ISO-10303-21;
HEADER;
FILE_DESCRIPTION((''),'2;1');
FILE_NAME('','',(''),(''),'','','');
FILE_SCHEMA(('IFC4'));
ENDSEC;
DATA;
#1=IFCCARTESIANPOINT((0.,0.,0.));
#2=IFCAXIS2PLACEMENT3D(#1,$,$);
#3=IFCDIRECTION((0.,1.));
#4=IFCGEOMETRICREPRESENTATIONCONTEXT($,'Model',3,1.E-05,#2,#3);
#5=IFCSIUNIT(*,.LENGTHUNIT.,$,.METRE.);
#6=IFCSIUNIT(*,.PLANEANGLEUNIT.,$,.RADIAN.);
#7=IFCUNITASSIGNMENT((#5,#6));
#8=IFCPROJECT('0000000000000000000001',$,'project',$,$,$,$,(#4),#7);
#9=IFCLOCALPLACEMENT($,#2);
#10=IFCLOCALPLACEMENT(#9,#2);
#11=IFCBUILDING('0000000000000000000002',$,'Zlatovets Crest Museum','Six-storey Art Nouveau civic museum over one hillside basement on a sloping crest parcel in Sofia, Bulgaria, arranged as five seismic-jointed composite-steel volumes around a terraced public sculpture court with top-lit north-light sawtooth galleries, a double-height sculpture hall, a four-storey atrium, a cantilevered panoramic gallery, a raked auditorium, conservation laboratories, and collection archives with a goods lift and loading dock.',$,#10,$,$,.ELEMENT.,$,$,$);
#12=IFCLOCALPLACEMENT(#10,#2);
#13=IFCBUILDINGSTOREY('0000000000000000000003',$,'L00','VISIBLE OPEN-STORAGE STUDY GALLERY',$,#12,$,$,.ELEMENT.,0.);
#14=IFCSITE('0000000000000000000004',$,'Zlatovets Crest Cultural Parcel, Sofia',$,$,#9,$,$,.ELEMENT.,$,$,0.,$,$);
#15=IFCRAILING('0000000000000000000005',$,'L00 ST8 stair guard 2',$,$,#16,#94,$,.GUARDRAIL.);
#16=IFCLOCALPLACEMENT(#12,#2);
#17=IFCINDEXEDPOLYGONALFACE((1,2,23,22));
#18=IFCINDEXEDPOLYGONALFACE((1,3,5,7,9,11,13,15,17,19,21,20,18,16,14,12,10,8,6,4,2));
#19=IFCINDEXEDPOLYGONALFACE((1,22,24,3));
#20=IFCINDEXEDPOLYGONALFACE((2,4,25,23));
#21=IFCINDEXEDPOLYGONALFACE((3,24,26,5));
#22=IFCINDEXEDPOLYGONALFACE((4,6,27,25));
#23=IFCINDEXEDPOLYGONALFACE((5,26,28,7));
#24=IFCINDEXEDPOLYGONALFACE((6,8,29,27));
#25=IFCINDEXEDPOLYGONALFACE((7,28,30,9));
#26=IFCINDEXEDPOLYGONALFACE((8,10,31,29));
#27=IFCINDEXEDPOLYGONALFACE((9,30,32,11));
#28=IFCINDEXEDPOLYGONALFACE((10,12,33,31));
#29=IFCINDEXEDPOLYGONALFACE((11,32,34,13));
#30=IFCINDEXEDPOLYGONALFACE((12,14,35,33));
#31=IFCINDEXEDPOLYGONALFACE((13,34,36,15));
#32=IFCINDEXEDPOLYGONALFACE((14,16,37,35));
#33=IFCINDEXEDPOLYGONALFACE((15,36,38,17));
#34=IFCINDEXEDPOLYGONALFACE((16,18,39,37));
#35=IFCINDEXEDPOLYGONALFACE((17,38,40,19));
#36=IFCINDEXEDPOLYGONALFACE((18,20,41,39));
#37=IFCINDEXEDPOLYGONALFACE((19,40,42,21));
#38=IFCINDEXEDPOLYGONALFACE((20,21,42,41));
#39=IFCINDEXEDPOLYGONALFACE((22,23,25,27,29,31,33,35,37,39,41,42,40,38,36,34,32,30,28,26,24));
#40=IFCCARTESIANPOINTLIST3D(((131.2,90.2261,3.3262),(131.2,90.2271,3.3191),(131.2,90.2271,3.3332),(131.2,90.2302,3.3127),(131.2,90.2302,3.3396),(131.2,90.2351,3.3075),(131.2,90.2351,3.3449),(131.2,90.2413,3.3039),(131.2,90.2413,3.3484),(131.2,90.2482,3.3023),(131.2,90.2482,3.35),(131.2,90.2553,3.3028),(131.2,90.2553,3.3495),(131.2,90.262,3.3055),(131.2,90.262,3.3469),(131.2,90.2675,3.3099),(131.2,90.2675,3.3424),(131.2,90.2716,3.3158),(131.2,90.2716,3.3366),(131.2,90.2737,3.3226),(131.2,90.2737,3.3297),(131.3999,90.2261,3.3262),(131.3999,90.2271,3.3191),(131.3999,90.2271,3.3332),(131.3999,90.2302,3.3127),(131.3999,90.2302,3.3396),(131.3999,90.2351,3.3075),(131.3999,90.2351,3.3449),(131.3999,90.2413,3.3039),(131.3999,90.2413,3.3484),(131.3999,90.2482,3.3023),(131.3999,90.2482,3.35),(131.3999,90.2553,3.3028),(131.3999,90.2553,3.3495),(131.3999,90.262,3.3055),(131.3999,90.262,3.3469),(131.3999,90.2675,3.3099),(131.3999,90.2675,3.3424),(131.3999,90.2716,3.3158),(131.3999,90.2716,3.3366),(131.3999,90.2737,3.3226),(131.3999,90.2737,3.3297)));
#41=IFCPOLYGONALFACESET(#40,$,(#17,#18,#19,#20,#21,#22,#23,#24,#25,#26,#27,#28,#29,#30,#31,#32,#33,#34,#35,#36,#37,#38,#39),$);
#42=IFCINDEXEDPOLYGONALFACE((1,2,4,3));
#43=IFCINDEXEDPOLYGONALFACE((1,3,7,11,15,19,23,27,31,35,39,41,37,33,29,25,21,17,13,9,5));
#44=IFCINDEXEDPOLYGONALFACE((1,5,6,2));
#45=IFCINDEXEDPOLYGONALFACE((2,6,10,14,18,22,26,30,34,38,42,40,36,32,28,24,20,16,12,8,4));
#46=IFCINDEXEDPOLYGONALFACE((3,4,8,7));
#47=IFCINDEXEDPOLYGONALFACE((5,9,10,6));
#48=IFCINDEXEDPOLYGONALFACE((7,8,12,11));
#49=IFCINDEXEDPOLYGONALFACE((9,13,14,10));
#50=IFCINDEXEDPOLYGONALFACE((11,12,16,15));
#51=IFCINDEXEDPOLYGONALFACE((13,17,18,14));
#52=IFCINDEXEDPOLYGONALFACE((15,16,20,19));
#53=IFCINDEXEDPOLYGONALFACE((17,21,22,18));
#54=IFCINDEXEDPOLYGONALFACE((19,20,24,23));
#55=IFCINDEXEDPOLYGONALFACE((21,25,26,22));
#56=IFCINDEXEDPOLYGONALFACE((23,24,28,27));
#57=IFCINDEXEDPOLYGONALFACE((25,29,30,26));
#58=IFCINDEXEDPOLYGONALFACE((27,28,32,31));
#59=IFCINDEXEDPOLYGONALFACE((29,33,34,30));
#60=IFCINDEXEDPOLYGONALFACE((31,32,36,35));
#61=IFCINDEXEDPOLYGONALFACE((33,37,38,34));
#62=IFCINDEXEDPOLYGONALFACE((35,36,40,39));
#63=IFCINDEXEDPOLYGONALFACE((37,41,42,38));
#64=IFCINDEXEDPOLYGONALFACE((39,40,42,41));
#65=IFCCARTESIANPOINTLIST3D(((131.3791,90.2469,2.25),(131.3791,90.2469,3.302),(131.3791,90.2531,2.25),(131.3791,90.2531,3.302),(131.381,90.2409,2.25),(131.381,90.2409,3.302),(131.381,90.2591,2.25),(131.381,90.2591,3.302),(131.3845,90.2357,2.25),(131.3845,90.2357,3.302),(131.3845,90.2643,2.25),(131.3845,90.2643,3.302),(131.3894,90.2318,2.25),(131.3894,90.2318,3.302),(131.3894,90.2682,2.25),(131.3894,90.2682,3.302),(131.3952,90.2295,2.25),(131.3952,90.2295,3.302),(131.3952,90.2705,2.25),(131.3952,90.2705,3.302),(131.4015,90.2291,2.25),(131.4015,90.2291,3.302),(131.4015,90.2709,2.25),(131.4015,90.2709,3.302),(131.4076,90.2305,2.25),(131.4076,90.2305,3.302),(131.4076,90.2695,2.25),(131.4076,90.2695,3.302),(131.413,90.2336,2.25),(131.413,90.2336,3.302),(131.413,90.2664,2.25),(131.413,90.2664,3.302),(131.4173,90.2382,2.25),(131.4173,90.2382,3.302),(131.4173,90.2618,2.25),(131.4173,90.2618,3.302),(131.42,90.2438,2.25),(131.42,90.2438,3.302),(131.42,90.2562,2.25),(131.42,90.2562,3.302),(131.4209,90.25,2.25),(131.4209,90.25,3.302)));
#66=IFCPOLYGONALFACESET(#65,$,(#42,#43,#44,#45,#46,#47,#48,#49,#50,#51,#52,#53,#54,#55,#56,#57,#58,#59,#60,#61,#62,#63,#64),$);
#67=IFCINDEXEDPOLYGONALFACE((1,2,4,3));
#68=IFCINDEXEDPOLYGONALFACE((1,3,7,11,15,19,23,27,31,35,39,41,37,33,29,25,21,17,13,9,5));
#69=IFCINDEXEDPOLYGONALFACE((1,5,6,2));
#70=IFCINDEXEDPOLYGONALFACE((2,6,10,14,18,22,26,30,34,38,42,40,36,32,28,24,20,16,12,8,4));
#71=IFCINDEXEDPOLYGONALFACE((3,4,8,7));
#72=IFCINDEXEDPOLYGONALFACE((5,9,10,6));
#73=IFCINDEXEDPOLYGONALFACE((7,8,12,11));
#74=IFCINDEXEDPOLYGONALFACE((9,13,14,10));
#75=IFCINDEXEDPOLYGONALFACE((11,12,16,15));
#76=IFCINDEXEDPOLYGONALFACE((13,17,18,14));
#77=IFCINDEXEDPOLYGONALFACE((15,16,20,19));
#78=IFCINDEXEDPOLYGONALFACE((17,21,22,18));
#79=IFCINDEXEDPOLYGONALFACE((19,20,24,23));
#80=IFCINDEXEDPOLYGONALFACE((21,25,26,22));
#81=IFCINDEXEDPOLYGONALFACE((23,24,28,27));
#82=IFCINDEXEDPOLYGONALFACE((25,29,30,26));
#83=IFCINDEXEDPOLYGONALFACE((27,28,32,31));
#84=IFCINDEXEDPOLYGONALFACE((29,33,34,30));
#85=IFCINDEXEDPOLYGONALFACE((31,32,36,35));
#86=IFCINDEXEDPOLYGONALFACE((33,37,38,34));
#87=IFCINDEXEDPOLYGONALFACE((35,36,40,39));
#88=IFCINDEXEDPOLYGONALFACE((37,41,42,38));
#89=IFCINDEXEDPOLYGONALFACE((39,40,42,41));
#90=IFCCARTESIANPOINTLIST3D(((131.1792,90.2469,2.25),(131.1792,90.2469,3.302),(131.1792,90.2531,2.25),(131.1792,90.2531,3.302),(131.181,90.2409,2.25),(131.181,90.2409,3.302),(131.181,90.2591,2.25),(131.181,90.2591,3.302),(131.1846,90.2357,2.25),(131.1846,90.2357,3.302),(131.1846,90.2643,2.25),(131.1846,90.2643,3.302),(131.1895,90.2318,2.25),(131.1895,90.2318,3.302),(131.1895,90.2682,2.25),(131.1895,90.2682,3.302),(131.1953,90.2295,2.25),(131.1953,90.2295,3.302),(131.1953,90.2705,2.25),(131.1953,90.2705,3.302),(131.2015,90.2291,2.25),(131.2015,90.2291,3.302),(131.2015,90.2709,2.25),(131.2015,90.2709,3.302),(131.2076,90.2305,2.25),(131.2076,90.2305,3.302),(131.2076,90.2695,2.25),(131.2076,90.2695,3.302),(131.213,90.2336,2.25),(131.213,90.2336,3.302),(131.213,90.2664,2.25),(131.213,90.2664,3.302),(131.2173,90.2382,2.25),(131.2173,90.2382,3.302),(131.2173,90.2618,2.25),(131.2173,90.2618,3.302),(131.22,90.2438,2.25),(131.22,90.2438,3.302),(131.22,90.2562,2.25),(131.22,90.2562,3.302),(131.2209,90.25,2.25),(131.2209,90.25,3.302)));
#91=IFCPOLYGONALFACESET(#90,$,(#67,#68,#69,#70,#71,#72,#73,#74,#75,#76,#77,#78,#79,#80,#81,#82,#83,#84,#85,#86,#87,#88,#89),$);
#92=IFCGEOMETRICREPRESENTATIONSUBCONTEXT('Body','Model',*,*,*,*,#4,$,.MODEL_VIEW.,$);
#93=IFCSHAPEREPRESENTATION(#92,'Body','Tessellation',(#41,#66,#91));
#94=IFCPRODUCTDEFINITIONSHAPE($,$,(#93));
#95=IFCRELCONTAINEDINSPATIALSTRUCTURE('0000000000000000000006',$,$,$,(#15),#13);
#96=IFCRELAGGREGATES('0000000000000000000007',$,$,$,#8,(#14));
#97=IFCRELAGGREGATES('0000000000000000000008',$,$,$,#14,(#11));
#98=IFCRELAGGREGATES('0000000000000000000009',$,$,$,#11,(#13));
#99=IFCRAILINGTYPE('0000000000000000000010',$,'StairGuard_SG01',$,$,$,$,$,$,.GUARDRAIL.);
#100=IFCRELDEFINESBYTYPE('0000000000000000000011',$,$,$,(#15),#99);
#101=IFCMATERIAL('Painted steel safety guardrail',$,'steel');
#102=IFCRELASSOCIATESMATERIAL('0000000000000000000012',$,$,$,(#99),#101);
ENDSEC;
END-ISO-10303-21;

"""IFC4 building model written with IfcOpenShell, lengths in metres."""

from ifc_helpers import new_model, si_unit, direction, frame, origin, origin_2d, place, context, subcontext, project, spatial, circle, extrude, material, type_object, element, save


model = new_model("IFC4")

# Units and contexts
model_context = context("Model", 3, precision=1e-05, world=origin(), true_north=direction((0.0, 1.0)))
body_context = subcontext(model_context, "Body", "Model", "MODEL_VIEW")
ifc_project = project(units=[si_unit("LENGTHUNIT", "METRE"), si_unit("PLANEANGLEUNIT", "RADIAN")], contexts=[model_context])

# Site, building, storey
site_placement = place(None, origin())
site = spatial("IfcSite", under=ifc_project, at=site_placement, Name="Zlatovets Crest Cultural Parcel, Sofia", CompositionType="ELEMENT", RefElevation=0.0)
building_placement = place(site_placement, origin())
building = spatial("IfcBuilding", under=site, at=building_placement, Name="Zlatovets Crest Museum", Description="Six-storey Art Nouveau civic museum over one hillside basement on a sloping crest parcel in Sofia, Bulgaria, arranged as five seismic-jointed composite-steel volumes around a terraced public sculpture court with top-lit north-light sawtooth galleries, a double-height sculpture hall, a four-storey atrium, a cantilevered panoramic gallery, a raked auditorium, conservation laboratories, and collection archives with a goods lift and loading dock.", CompositionType="ELEMENT")
storey_placement = place(building_placement, origin())
storey = spatial("IfcBuildingStorey", under=building, at=storey_placement, Name="L00", Description="VISIBLE OPEN-STORAGE STUDY GALLERY", CompositionType="ELEMENT", Elevation=0.0)

# Railing
ifc_material_1 = material(Name="Painted steel safety guardrail", Category="steel")
railing_type_1 = type_object("IfcRailingType", Name="StairGuard_SG01", PredefinedType="GUARDRAIL", material=ifc_material_1)
railing_1_placement = place(storey_placement, frame((131.3999, 90.25, 2.25)))
element("IfcRailing", 1, at=railing_1_placement, inside=storey, type_object=railing_type_1, Name="L00 ST8 stair guard 2", PredefinedType="GUARDRAIL", context=body_context, shape_type="SweptSolid", body=[
    extrude(circle(Radius=0.0239, at=origin_2d()), frame((0.0, 0.0, 1.0762), z_axis=(-1.0, 0.0, 0.0), x_axis=(0.0, -1.0, 0.0)), (0.0, 0.0, 1.0), 0.2),
    extrude(circle(Radius=0.021, at=origin_2d()), origin(), (0.0, 0.0, 1.0), 1.052),
    extrude(circle(Radius=0.021, at=origin_2d()), frame((-0.2, 0.0, 0.0)), (0.0, 0.0, 1.0), 1.052),
])

save(model, "model.ifc")
